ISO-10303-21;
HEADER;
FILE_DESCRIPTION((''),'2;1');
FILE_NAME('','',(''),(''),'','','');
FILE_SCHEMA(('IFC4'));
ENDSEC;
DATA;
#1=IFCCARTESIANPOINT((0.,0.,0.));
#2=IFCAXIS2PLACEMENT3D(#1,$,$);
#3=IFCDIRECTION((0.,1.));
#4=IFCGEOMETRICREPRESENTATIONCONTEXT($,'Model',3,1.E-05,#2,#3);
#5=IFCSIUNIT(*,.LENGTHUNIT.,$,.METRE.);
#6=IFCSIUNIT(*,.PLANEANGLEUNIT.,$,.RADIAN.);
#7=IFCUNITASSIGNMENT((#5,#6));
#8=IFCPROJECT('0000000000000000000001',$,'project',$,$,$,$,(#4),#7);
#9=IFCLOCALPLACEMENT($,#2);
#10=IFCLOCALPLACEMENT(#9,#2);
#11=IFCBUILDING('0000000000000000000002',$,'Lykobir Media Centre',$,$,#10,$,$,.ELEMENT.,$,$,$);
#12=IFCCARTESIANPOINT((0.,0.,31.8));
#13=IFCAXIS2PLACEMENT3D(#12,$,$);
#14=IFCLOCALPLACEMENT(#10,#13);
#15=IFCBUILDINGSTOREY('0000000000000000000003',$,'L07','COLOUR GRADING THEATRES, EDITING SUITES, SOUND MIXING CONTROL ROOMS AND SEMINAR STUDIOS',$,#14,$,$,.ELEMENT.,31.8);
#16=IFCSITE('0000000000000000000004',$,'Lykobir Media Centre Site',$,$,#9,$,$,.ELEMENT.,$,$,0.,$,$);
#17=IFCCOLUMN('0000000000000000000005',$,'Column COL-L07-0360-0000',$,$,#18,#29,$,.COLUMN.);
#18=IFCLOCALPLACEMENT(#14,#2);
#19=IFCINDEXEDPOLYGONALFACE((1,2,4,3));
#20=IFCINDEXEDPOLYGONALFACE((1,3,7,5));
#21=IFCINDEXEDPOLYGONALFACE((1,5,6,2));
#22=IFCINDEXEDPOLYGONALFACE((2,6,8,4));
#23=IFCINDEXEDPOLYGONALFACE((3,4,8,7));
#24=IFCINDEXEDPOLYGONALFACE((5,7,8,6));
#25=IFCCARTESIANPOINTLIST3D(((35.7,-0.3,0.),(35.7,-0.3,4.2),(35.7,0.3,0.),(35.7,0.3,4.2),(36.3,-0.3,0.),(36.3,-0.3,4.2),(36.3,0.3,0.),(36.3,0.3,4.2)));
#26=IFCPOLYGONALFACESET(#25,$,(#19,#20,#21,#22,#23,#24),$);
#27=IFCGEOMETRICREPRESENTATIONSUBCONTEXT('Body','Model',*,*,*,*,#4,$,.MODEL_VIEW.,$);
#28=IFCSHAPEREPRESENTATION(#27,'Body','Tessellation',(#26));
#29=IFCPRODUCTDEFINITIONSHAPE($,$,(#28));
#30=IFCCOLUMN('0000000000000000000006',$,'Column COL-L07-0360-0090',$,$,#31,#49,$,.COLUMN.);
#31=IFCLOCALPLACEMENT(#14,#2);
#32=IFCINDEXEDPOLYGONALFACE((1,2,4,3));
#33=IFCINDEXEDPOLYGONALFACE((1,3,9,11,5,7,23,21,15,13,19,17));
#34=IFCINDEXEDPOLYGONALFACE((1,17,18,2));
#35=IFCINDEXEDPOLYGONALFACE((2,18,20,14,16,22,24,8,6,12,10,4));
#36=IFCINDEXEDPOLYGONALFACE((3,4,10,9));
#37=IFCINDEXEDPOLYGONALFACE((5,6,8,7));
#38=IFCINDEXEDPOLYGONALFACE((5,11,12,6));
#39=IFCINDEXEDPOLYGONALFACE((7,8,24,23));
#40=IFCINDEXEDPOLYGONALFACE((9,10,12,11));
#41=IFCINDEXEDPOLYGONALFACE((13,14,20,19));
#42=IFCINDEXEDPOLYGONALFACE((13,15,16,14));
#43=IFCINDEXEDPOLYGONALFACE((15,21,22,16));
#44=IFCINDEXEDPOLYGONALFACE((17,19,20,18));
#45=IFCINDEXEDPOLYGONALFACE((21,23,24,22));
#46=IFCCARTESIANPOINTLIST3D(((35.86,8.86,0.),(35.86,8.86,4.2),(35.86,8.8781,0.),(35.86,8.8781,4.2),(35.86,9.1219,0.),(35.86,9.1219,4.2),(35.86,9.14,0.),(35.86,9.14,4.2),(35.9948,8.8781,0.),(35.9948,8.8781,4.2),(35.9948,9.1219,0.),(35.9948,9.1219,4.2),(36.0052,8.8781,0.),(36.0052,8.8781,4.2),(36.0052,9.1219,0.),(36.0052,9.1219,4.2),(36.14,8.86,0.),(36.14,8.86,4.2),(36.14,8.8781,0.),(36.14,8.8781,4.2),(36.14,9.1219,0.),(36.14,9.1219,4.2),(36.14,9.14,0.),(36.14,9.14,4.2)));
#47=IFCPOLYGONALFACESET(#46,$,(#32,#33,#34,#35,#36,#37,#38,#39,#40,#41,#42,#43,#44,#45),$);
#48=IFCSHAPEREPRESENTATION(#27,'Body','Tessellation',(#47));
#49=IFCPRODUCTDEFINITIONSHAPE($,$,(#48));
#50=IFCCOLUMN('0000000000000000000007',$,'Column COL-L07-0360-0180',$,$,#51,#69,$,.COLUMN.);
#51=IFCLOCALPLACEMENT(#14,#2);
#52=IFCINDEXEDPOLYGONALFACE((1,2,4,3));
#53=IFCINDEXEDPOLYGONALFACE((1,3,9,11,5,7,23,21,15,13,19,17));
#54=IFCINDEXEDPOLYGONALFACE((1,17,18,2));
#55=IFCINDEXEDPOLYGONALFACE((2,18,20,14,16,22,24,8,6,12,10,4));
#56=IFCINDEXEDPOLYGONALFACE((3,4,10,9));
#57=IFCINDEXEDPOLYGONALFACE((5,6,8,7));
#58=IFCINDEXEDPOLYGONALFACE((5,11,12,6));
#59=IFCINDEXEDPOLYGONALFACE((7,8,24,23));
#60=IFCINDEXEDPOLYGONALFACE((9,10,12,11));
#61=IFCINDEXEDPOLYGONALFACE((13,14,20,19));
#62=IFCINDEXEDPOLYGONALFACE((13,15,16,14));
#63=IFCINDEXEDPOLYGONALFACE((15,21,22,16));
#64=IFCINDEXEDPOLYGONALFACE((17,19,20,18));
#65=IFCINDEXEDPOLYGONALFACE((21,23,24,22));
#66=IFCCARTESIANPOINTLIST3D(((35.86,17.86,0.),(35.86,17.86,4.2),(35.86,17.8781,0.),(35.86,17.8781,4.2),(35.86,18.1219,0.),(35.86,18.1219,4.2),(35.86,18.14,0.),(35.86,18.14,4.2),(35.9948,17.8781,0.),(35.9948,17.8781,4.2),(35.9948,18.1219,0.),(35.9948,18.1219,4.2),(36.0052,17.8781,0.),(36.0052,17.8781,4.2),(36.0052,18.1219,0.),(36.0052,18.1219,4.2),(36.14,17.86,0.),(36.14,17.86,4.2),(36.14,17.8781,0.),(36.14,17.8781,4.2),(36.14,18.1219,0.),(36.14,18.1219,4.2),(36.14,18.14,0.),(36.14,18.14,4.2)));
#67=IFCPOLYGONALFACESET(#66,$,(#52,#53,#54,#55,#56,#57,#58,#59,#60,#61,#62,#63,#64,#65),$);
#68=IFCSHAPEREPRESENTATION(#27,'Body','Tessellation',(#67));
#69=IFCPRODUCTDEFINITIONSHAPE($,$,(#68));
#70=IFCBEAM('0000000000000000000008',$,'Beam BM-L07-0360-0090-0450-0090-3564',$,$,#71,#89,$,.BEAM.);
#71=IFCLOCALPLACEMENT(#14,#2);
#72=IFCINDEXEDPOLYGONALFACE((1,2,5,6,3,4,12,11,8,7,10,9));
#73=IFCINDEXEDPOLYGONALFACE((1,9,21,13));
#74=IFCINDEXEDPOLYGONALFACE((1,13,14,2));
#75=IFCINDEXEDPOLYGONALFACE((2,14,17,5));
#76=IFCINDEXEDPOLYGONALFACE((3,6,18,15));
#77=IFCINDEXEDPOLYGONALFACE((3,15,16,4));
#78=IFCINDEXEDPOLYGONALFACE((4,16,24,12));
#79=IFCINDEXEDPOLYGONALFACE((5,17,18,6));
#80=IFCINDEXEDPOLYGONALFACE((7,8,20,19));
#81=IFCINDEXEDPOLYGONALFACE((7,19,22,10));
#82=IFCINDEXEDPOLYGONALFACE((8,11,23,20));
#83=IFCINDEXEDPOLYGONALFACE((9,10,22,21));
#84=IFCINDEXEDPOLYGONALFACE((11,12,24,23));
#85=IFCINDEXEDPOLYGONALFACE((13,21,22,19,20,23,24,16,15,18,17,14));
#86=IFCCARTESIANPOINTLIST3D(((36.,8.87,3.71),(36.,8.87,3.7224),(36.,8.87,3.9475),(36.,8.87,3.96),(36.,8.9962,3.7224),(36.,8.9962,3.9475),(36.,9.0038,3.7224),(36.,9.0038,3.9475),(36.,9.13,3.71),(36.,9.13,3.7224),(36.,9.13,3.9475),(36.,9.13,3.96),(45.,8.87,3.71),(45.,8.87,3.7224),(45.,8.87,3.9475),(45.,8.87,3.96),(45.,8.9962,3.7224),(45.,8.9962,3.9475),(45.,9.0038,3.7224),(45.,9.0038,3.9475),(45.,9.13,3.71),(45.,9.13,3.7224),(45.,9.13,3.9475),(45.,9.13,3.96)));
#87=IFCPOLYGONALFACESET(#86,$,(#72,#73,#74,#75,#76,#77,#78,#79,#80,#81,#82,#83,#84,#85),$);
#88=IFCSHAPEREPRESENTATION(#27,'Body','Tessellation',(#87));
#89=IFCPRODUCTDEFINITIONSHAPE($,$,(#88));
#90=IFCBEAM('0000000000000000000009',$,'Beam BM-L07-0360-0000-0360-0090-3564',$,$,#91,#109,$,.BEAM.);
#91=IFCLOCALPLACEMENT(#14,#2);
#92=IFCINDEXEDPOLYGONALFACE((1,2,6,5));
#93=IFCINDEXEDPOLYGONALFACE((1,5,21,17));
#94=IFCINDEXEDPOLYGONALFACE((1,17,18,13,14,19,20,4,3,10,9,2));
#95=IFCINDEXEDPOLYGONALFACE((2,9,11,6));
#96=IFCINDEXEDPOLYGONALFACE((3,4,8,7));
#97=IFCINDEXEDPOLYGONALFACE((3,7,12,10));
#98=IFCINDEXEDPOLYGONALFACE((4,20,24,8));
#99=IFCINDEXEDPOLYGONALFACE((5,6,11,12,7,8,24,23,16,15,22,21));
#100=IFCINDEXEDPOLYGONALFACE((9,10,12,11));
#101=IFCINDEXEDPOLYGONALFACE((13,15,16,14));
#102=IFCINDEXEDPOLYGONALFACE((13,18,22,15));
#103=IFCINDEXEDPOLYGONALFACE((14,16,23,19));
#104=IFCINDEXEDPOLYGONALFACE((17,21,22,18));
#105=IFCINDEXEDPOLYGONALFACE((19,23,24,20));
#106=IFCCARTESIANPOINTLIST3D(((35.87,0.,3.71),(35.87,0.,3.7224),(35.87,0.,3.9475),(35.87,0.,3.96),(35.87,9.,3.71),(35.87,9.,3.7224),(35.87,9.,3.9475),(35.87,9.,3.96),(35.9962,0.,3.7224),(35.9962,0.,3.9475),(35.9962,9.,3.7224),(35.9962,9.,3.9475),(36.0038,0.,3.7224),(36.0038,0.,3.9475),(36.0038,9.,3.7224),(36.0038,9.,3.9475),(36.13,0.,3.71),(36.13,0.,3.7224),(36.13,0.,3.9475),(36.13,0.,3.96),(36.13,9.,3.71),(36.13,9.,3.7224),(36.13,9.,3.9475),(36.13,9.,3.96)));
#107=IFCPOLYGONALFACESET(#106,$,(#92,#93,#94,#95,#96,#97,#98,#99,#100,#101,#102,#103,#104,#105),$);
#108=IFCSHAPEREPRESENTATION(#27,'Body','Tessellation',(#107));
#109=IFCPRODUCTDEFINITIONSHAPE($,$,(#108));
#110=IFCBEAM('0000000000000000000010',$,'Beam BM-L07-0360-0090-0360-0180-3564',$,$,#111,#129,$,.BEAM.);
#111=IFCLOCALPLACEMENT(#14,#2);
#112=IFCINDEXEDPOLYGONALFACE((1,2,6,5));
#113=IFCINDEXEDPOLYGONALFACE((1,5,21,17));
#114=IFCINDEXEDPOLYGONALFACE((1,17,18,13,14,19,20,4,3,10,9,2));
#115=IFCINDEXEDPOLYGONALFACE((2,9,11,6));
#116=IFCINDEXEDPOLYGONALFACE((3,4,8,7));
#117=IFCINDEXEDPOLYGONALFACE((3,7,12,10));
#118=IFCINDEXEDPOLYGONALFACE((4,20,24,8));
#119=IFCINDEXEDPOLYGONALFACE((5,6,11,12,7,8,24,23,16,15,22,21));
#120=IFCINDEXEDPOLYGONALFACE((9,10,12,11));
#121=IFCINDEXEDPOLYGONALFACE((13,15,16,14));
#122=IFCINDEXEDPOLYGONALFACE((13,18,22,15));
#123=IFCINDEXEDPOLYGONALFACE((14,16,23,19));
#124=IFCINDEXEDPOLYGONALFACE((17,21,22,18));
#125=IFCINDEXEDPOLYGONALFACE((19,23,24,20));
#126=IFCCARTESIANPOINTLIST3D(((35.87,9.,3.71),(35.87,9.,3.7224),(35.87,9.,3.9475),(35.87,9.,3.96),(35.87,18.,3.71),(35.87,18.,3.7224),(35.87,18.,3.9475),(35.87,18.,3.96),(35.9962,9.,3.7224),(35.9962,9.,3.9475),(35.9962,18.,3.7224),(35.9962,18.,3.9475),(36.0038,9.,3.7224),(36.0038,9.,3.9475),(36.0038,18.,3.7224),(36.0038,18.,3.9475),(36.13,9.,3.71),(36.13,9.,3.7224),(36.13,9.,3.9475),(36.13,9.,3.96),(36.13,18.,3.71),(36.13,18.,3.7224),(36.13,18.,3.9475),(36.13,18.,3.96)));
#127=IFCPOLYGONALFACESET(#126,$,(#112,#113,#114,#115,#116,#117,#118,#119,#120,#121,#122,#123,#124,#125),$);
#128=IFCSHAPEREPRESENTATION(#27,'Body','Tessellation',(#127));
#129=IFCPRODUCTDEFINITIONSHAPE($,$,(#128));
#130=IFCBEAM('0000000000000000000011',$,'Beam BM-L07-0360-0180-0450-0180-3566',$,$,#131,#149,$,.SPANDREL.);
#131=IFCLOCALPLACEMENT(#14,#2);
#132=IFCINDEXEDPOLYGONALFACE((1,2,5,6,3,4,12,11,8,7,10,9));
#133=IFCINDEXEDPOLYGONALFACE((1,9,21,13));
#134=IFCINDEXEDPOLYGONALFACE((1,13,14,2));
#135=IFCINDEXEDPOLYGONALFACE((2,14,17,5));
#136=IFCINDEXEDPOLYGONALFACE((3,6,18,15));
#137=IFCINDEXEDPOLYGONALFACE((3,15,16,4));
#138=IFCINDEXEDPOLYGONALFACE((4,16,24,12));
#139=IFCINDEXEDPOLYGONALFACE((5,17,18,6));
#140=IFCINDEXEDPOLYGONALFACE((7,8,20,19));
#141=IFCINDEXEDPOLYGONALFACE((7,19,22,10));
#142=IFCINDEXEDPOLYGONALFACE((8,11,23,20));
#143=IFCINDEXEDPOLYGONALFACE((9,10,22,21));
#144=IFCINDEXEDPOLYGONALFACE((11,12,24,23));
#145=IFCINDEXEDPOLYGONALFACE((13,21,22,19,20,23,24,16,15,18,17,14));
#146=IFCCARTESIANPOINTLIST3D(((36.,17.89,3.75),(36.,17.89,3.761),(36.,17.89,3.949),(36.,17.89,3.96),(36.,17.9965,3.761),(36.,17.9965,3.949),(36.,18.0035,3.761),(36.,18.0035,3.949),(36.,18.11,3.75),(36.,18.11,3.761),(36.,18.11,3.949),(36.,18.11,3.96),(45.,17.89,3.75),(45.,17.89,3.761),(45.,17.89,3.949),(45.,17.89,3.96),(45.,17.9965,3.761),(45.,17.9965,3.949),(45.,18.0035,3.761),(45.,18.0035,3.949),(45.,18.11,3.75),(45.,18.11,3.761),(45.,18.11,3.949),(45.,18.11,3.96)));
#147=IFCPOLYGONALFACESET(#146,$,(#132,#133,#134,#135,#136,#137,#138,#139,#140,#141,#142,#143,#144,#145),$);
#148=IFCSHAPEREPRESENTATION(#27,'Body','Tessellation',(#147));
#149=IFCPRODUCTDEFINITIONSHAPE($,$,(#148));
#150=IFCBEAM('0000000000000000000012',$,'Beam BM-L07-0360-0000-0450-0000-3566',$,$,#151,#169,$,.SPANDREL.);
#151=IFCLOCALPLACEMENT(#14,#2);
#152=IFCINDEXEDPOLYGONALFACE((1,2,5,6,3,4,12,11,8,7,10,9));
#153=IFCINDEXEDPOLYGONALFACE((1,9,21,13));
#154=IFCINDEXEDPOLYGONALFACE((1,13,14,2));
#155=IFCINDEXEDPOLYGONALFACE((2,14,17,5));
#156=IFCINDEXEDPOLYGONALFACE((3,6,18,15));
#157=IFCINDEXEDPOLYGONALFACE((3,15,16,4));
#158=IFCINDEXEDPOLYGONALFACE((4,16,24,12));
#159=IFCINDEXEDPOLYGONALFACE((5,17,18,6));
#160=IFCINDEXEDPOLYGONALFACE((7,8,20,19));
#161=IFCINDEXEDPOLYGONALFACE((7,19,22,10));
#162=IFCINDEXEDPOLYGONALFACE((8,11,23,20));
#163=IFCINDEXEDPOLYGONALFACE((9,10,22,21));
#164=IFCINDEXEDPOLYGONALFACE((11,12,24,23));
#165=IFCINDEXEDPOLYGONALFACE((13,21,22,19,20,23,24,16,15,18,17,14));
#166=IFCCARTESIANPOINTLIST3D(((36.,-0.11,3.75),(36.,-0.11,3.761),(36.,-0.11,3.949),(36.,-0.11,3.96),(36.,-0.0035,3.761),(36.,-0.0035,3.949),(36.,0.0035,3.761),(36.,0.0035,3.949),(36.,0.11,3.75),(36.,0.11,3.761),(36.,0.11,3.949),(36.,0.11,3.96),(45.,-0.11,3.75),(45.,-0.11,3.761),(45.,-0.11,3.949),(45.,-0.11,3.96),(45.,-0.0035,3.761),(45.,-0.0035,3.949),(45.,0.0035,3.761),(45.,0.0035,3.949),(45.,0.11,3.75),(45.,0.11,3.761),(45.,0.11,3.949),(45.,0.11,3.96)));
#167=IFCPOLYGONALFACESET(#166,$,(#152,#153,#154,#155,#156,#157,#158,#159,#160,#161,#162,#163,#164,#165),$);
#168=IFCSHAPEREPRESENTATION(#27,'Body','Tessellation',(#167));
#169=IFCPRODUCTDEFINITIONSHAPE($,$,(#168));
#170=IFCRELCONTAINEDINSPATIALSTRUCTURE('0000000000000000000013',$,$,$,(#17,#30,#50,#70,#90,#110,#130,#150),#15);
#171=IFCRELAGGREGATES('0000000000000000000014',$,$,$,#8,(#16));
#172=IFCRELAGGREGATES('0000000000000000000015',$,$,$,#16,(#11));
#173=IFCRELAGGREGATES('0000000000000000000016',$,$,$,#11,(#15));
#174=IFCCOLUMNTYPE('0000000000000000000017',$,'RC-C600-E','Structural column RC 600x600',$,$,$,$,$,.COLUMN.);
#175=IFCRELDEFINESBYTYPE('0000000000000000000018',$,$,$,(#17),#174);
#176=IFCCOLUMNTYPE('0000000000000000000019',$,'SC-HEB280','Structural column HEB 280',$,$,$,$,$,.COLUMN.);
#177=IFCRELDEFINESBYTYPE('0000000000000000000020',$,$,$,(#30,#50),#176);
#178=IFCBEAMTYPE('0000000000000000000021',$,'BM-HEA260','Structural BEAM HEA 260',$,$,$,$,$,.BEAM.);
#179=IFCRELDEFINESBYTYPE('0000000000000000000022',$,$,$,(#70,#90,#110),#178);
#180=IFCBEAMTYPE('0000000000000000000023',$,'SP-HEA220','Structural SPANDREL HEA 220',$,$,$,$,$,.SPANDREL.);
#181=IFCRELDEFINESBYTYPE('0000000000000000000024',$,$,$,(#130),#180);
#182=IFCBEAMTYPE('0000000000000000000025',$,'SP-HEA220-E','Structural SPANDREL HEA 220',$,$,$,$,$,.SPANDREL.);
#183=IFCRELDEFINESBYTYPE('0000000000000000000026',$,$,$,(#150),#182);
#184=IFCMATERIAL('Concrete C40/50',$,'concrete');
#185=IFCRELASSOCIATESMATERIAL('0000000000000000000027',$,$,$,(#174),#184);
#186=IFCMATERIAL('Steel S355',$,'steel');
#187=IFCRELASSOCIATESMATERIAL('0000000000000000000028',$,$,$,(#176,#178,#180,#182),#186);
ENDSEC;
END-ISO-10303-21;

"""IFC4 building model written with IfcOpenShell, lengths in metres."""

from ifc_helpers import new_model, si_unit, direction, frame, origin, origin_2d, place, context, subcontext, project, spatial, rectangle, i_section, extrude, material, material_profile, profile_set, type_object, element, save


model = new_model("IFC4")

# Units and contexts
model_context = context("Model", 3, precision=1e-05, world=origin(), true_north=direction((0.0, 1.0)))
body_context = subcontext(model_context, "Body", "Model", "MODEL_VIEW")
ifc_project = project(units=[si_unit("LENGTHUNIT", "METRE"), si_unit("PLANEANGLEUNIT", "RADIAN")], contexts=[model_context])

# Site, building, storey
site_placement = place(None, origin())
site = spatial("IfcSite", under=ifc_project, at=site_placement, Name="Lykobir Media Centre Site", CompositionType="ELEMENT", RefElevation=0.0)
building_placement = place(site_placement, origin())
building = spatial("IfcBuilding", under=site, at=building_placement, Name="Lykobir Media Centre", CompositionType="ELEMENT")
storey_placement = place(building_placement, frame((0.0, 0.0, 31.8)))
storey = spatial("IfcBuildingStorey", under=building, at=storey_placement, Name="L07", Description="COLOUR GRADING THEATRES, EDITING SUITES, SOUND MIXING CONTROL ROOMS AND SEMINAR STUDIOS", CompositionType="ELEMENT", Elevation=31.8)

# Columns
ifc_material_1 = material(Name="Concrete C40/50", Category="concrete")
ifc_material_profile_1 = material_profile(ifc_material_1, rectangle(XDim=0.6001, YDim=0.6001, at=origin_2d()), Name="RC 600x600")
ifc_profile_set_1 = profile_set([ifc_material_profile_1], Name="Concrete C40/50")
column_type_1 = type_object("IfcColumnType", Name="RC-C600-E", Description="Structural column RC 600x600", PredefinedType="COLUMN", material=ifc_profile_set_1)
column_placement = place(storey_placement, frame((36.0, 0.0, 0.0), z_axis=(0.0, 0.0, 1.0), x_axis=(1.0, 0.0, 0.0)))
element("IfcColumn", 1, at=column_placement, inside=storey, type_object=column_type_1, Name="Column COL-L07-0360-0000", PredefinedType="COLUMN", context=body_context, shape_type="SweptSolid", body=[
    extrude(rectangle(XDim=0.6001, YDim=0.6001, at=origin_2d()), origin(), (0.0, 0.0, 1.0), 4.2),
])
ifc_material_2 = material(Name="Steel S355", Category="steel")
ifc_material_profile_2 = material_profile(ifc_material_2, i_section(OverallWidth=0.28, OverallDepth=0.28, WebThickness=0.0105, FlangeThickness=0.0181, at=origin_2d()), Name="HEB 280")
ifc_profile_set_2 = profile_set([ifc_material_profile_2], Name="Steel S355")
column_type_2 = type_object("IfcColumnType", Name="SC-HEB280", Description="Structural column HEB 280", PredefinedType="COLUMN", material=ifc_profile_set_2)
for number, where, z_axis, x_axis, name in (
    (2, (36.0, 9.0, 0.0), (0.0, 0.0, 1.0), (1.0, 0.0, 0.0), "Column COL-L07-0360-0090"),
    (3, (36.0, 18.0, 0.0), (0.0, 0.0, 1.0), (1.0, 0.0, 0.0), "Column COL-L07-0360-0180"),
):
    element("IfcColumn", number, at=place(storey_placement, frame(where, z_axis=z_axis, x_axis=x_axis)), inside=storey, type_object=column_type_2, Name=name, PredefinedType="COLUMN", context=body_context, shape_type="SweptSolid", body=[
        extrude(i_section(OverallWidth=0.28, OverallDepth=0.28, WebThickness=0.0105, FlangeThickness=0.0181, at=origin_2d()), origin(), (0.0, 0.0, 1.0), 4.2),
    ])

# Beams
ifc_material_profile_3 = material_profile(ifc_material_2, i_section(OverallWidth=0.26, OverallDepth=0.25, WebThickness=0.0076, FlangeThickness=0.0125, at=origin_2d()), Name="HEA 260")
ifc_profile_set_3 = profile_set([ifc_material_profile_3], Name="Steel S355")
beam_type_1 = type_object("IfcBeamType", Name="BM-HEA260", Description="Structural BEAM HEA 260", PredefinedType="BEAM", material=ifc_profile_set_3)
for number, where, z_axis, x_axis, name in (
    (4, (36.0, 9.0, 3.835), (1.0, 0.0, 0.0), (0.0, 1.0, 0.0), "Beam BM-L07-0360-0090-0450-0090-3564"),
    (5, (36.0, 0.0, 3.835), (0.0, 1.0, 0.0), (-1.0, 0.0, 0.0), "Beam BM-L07-0360-0000-0360-0090-3564"),
    (6, (36.0, 9.0, 3.835), (0.0, 1.0, 0.0), (-1.0, 0.0, 0.0), "Beam BM-L07-0360-0090-0360-0180-3564"),
):
    element("IfcBeam", number, at=place(storey_placement, frame(where, z_axis=z_axis, x_axis=x_axis)), inside=storey, type_object=beam_type_1, Name=name, PredefinedType="BEAM", context=body_context, shape_type="SweptSolid", body=[
        extrude(i_section(OverallWidth=0.26, OverallDepth=0.25, WebThickness=0.0076, FlangeThickness=0.0125, at=origin_2d()), origin(), (0.0, 0.0, 1.0), 9.0),
    ])
ifc_material_profile_4 = material_profile(ifc_material_2, i_section(OverallWidth=0.22, OverallDepth=0.21, WebThickness=0.0071, FlangeThickness=0.011, at=origin_2d()), Name="HEA 220")
ifc_profile_set_4 = profile_set([ifc_material_profile_4], Name="Steel S355")
beam_type_2 = type_object("IfcBeamType", Name="SP-HEA220", Description="Structural SPANDREL HEA 220", PredefinedType="SPANDREL", material=ifc_profile_set_4)
beam_1_placement = place(storey_placement, frame((36.0, 18.0, 3.855), z_axis=(1.0, 0.0, 0.0), x_axis=(0.0, 1.0, 0.0)))
element("IfcBeam", 7, at=beam_1_placement, inside=storey, type_object=beam_type_2, Name="Beam BM-L07-0360-0180-0450-0180-3566", PredefinedType="SPANDREL", context=body_context, shape_type="SweptSolid", body=[
    extrude(i_section(OverallWidth=0.22, OverallDepth=0.21, WebThickness=0.0071, FlangeThickness=0.011, at=origin_2d()), origin(), (0.0, 0.0, 1.0), 9.0),
])
ifc_material_profile_5 = material_profile(ifc_material_2, i_section(OverallWidth=0.22, OverallDepth=0.21, WebThickness=0.0071, FlangeThickness=0.011, at=origin_2d()), Name="HEA 220")
ifc_profile_set_5 = profile_set([ifc_material_profile_5], Name="Steel S355")
beam_type_3 = type_object("IfcBeamType", Name="SP-HEA220-E", Description="Structural SPANDREL HEA 220", PredefinedType="SPANDREL", material=ifc_profile_set_5)
beam_2_placement = place(storey_placement, frame((36.0, 0.0, 3.855), z_axis=(1.0, 0.0, 0.0), x_axis=(0.0, 1.0, 0.0)))
element("IfcBeam", 8, at=beam_2_placement, inside=storey, type_object=beam_type_3, Name="Beam BM-L07-0360-0000-0450-0000-3566", PredefinedType="SPANDREL", context=body_context, shape_type="SweptSolid", body=[
    extrude(i_section(OverallWidth=0.22, OverallDepth=0.21, WebThickness=0.0071, FlangeThickness=0.011, at=origin_2d()), origin(), (0.0, 0.0, 1.0), 9.0),
])

save(model, "model.ifc")
